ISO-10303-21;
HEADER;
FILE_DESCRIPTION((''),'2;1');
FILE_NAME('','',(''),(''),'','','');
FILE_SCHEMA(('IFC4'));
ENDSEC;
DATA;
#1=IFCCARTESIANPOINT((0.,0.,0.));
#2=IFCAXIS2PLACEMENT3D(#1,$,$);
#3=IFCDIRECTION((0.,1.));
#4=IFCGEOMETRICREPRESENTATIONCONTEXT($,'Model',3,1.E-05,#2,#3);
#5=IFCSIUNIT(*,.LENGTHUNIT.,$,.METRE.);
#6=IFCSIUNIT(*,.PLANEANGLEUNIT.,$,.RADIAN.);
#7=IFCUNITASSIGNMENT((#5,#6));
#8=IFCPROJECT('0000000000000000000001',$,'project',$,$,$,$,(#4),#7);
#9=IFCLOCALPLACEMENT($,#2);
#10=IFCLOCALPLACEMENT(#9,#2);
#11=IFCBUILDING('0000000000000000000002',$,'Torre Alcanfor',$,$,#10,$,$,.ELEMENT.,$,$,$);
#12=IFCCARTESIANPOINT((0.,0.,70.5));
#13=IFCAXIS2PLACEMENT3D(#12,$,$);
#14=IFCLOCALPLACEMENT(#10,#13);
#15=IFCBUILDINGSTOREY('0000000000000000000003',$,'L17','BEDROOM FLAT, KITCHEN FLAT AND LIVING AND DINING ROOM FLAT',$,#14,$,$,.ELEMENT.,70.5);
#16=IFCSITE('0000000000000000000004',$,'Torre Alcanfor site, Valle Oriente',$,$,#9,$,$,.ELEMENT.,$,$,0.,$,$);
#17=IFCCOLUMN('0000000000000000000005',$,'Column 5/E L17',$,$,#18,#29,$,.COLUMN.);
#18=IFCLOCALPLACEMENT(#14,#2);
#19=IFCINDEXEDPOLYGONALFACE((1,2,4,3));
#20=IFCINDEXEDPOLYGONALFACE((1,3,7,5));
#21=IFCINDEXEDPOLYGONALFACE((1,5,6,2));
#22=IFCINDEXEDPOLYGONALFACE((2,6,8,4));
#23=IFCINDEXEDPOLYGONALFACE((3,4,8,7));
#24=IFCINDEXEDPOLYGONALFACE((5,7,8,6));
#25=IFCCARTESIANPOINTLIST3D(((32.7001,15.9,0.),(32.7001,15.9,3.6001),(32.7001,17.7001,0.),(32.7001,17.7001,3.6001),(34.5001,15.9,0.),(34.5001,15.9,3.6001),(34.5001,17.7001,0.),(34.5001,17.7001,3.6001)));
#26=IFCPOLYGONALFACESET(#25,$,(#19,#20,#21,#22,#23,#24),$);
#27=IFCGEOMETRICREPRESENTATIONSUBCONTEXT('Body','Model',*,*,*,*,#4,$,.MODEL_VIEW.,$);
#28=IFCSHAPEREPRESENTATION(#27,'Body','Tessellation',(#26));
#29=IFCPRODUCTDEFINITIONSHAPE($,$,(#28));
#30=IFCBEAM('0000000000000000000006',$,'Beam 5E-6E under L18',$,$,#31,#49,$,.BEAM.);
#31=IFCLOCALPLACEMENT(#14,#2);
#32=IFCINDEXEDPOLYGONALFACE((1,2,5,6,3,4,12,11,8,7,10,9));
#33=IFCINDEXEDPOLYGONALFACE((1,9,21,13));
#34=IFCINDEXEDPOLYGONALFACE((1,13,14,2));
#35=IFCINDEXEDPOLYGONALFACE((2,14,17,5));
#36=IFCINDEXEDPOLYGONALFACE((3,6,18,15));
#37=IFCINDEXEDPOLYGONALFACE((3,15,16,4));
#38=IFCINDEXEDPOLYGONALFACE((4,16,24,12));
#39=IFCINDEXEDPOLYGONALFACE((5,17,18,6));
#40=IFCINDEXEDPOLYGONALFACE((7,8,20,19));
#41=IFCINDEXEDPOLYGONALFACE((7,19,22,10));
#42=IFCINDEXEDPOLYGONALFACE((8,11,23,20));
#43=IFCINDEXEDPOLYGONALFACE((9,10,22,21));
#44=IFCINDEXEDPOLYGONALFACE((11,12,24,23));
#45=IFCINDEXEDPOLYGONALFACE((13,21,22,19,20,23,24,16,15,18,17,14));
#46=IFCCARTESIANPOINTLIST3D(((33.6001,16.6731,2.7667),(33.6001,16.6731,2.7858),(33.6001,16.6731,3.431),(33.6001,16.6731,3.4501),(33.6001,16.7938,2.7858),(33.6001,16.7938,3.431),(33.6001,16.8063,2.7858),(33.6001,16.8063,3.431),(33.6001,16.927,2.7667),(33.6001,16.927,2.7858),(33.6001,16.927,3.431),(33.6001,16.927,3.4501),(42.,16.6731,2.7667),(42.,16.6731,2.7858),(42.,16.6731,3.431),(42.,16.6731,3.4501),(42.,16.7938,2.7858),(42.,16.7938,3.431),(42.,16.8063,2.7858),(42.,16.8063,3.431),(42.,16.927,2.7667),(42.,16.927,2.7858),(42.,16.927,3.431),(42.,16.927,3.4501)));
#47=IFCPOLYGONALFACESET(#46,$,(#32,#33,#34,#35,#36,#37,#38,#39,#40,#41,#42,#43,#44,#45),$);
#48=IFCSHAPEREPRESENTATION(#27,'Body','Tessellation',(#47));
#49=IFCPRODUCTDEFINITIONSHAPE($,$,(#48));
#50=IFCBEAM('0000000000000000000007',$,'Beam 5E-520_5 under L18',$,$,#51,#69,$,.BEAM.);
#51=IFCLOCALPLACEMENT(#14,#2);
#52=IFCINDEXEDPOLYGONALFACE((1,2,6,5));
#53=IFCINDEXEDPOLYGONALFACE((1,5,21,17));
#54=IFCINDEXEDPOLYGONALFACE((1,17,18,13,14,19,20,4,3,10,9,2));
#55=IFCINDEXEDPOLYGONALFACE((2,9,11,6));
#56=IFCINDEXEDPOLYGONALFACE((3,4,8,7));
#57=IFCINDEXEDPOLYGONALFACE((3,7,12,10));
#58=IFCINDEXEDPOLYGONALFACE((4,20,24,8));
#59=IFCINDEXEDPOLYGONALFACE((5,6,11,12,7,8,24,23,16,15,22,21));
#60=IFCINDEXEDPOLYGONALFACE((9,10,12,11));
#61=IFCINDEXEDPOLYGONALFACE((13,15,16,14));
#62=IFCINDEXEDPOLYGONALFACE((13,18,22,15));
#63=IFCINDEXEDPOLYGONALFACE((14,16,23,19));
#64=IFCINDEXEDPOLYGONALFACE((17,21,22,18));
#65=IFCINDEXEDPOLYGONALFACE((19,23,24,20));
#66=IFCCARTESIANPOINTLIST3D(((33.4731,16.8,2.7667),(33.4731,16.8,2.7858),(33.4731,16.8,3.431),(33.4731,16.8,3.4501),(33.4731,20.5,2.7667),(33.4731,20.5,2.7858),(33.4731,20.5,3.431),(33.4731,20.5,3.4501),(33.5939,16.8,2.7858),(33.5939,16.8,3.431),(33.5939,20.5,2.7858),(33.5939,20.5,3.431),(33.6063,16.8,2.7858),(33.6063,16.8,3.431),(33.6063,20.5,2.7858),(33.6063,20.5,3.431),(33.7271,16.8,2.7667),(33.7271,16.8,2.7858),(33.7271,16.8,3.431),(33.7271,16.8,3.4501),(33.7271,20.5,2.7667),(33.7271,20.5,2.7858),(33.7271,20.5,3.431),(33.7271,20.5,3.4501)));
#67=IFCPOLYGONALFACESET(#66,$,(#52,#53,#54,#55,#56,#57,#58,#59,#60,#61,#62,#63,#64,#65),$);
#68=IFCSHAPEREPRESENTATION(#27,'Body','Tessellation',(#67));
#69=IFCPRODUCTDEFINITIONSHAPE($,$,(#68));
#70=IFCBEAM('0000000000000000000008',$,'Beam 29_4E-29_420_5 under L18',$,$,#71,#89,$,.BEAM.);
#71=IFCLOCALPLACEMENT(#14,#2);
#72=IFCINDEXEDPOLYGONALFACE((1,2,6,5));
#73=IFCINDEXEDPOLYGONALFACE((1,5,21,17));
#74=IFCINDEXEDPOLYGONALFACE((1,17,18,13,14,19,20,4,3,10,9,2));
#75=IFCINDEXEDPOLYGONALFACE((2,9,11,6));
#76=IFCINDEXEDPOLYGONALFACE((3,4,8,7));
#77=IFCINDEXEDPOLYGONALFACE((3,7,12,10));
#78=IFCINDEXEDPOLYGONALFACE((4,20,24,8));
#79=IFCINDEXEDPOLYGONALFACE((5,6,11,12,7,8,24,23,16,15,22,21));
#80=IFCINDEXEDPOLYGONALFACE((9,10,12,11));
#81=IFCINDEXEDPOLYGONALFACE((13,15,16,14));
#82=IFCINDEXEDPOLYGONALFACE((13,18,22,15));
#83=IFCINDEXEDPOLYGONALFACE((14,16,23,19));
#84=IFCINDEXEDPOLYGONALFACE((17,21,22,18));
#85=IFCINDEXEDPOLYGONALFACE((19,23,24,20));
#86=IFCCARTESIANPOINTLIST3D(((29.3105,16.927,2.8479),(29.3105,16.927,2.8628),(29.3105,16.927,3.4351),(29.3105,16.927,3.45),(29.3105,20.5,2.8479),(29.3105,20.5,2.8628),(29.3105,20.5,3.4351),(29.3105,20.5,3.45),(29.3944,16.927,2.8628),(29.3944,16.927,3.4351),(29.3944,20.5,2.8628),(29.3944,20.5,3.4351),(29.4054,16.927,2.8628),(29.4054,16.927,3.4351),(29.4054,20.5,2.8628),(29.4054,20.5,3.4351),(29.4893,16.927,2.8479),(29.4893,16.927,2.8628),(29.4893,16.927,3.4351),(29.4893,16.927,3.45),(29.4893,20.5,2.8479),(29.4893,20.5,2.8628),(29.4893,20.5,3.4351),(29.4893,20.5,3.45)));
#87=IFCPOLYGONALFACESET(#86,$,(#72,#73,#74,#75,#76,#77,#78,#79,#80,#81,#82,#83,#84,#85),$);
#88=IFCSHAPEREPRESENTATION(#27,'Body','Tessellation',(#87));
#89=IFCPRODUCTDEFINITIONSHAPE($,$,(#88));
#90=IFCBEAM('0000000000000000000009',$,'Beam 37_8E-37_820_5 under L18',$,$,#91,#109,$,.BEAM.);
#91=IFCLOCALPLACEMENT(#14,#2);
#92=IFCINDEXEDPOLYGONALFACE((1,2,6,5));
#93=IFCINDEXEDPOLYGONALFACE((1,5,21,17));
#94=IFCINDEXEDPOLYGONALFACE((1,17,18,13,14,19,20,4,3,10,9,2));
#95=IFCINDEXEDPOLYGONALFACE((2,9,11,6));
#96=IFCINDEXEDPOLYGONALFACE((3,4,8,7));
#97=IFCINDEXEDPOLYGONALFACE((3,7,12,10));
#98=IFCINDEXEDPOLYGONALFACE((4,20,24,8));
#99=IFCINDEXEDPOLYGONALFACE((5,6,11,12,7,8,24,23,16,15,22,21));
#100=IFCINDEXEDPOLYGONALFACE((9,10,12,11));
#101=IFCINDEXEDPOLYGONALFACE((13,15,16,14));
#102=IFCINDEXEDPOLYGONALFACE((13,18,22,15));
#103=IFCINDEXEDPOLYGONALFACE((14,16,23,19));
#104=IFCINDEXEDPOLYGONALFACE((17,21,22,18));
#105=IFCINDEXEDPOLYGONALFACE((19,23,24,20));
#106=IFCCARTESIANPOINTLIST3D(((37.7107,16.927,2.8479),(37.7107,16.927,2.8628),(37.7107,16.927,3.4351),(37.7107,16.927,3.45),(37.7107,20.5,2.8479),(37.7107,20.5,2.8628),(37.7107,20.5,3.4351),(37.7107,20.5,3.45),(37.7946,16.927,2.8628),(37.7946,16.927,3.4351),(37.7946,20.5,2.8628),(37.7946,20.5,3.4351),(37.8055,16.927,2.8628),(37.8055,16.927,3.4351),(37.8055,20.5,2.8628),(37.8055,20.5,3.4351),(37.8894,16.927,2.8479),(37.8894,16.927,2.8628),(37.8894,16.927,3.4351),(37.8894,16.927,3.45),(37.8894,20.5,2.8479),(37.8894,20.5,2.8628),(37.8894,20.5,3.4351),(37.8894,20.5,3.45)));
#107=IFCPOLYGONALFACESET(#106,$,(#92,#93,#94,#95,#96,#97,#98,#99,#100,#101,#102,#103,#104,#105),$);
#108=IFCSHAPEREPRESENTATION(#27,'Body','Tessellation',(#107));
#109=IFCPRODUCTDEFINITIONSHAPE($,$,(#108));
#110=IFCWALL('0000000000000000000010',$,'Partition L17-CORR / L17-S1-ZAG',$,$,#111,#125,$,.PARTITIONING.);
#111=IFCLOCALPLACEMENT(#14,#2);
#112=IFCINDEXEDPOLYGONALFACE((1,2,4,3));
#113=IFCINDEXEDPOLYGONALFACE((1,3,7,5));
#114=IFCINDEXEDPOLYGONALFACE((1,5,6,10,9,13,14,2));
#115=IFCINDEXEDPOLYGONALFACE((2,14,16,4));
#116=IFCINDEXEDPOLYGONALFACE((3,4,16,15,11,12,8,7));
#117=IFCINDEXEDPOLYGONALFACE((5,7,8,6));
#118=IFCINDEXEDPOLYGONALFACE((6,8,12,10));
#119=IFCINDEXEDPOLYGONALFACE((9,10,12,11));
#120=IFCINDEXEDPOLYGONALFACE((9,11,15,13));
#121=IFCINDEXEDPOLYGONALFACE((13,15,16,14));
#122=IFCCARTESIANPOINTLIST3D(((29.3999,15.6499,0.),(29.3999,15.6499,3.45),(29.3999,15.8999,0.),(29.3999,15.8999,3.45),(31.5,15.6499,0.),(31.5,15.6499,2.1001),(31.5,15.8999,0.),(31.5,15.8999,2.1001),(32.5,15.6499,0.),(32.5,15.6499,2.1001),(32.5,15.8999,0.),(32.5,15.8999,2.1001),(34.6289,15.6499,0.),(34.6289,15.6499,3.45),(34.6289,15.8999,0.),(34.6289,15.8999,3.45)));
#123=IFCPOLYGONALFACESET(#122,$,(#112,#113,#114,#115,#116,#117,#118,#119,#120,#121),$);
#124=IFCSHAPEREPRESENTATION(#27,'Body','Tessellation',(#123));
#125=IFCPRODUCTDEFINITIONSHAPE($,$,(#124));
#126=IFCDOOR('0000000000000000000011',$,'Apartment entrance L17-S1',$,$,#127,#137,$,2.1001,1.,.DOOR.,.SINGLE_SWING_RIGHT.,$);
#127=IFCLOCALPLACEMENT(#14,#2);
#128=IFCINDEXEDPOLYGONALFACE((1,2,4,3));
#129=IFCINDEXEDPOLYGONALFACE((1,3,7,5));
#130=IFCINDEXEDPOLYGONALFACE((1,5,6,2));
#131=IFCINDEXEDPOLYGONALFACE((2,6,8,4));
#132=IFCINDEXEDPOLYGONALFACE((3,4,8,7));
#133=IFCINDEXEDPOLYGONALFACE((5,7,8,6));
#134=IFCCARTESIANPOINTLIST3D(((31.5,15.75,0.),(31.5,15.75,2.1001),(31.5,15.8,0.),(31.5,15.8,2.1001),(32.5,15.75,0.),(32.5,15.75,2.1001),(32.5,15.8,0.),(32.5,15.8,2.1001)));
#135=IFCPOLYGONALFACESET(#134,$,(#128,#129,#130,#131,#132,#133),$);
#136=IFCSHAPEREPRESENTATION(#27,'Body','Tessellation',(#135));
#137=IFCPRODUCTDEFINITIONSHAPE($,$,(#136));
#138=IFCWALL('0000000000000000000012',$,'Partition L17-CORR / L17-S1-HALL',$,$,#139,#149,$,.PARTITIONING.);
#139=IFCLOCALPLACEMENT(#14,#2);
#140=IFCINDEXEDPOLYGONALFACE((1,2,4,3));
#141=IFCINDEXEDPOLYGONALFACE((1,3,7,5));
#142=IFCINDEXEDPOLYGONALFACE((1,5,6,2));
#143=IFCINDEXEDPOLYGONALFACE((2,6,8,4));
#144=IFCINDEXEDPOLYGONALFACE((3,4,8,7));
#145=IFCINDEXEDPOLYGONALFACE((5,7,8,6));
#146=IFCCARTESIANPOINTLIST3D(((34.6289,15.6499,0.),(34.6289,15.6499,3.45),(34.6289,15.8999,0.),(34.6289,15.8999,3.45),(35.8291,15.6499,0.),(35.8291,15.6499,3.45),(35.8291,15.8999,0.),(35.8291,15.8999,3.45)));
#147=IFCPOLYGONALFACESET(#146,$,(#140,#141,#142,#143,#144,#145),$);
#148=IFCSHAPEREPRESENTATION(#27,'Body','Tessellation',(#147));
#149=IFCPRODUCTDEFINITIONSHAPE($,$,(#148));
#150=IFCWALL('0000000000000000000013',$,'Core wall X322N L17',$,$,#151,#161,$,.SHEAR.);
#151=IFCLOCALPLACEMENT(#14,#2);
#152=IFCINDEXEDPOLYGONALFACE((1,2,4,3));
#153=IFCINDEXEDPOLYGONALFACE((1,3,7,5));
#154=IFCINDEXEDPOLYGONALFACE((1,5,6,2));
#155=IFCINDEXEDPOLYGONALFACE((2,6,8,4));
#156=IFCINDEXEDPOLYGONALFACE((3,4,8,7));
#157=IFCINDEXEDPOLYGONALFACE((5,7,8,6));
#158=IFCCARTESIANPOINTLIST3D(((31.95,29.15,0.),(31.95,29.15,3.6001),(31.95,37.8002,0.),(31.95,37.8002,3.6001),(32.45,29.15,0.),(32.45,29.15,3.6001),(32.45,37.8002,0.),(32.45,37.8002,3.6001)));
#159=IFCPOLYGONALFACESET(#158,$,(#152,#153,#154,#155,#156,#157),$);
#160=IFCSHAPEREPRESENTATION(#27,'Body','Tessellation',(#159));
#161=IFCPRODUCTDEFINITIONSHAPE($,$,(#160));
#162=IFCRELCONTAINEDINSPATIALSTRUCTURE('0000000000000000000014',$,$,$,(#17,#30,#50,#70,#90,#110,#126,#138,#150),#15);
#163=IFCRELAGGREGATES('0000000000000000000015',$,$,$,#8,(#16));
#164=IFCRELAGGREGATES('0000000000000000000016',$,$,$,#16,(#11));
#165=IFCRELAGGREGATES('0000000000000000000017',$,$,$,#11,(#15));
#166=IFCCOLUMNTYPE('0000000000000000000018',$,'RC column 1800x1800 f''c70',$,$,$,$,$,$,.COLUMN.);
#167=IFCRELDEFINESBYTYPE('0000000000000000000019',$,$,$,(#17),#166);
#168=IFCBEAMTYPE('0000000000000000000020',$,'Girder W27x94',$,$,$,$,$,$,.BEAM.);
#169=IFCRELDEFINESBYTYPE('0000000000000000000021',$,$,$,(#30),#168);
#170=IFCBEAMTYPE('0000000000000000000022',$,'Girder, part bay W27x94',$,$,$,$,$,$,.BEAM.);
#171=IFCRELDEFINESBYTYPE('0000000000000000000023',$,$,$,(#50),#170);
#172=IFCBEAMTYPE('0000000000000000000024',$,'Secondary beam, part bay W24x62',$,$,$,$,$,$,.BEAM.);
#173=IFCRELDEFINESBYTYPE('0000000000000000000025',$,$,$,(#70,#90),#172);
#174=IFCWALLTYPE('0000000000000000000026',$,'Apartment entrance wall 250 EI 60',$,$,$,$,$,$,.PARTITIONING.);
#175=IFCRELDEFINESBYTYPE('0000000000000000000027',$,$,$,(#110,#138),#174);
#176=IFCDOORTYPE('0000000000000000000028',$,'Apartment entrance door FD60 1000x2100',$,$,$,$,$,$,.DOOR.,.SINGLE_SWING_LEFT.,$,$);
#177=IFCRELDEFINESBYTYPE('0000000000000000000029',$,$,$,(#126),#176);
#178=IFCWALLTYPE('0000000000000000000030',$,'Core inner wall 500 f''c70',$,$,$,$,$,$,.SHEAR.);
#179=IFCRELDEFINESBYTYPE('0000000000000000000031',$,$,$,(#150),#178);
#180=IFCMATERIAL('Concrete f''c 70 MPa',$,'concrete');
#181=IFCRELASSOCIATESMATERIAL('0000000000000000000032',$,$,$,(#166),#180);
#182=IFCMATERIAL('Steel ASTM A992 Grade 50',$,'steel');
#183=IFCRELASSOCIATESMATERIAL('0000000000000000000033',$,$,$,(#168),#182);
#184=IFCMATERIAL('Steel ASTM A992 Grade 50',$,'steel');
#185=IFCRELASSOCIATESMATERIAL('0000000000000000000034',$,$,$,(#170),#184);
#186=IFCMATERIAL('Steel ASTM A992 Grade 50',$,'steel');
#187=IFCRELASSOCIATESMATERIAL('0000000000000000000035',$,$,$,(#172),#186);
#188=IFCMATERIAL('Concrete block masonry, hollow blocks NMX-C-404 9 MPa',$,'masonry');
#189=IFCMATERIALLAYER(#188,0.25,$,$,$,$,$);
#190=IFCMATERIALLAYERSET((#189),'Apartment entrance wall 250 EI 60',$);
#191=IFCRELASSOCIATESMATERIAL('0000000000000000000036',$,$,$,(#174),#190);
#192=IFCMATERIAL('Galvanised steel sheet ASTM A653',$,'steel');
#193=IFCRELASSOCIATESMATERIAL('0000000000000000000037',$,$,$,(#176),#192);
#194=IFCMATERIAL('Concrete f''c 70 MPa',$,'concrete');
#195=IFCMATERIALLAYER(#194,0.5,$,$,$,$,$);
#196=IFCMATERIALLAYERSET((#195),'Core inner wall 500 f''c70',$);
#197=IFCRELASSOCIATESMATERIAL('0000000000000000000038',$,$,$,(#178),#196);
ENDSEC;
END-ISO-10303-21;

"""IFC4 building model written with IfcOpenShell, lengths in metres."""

from ifc_helpers import new_model, si_unit, direction, frame, frame_2d, origin, origin_2d, place, context, subcontext, project, spatial, rectangle, i_section, extrude, material, layer, layer_set, material_profile, profile_set, type_object, element, fill, save


model = new_model("IFC4")

# Units and contexts
model_context = context("Model", 3, precision=1e-05, world=origin(), true_north=direction((0.0, 1.0)))
body_context = subcontext(model_context, "Body", "Model", "MODEL_VIEW")
ifc_project = project(units=[si_unit("LENGTHUNIT", "METRE"), si_unit("PLANEANGLEUNIT", "RADIAN")], contexts=[model_context])

# Site, building, storey
site_placement = place(None, origin())
site = spatial("IfcSite", under=ifc_project, at=site_placement, Name="Torre Alcanfor site, Valle Oriente", CompositionType="ELEMENT", RefElevation=0.0)
building_placement = place(site_placement, origin())
building = spatial("IfcBuilding", under=site, at=building_placement, Name="Torre Alcanfor", CompositionType="ELEMENT")
storey_placement = place(building_placement, frame((0.0, 0.0, 70.5)))
storey = spatial("IfcBuildingStorey", under=building, at=storey_placement, Name="L17", Description="BEDROOM FLAT, KITCHEN FLAT AND LIVING AND DINING ROOM FLAT", CompositionType="ELEMENT", Elevation=70.5)

# Column
ifc_material_1 = material(Name="Concrete f'c 70 MPa", Category="concrete")
ifc_material_profile_1 = material_profile(ifc_material_1, rectangle(XDim=1.8, YDim=1.8, at=origin_2d()), Name="1800x1800")
ifc_profile_set_1 = profile_set([ifc_material_profile_1], Name="Concrete f'c 70 MPa")
column_type = type_object("IfcColumnType", Name="RC column 1800x1800 f'c70", PredefinedType="COLUMN", material=ifc_profile_set_1)
column_placement = place(storey_placement, frame((33.6001, 16.8, 0.0), z_axis=(0.0, 0.0, 1.0), x_axis=(1.0, 0.0, 0.0)))
element("IfcColumn", 1, at=column_placement, inside=storey, type_object=column_type, Name="Column 5/E L17", PredefinedType="COLUMN", context=body_context, shape_type="SweptSolid", body=[
    extrude(rectangle(XDim=1.8, YDim=1.8, at=origin_2d()), origin(), (0.0, 0.0, 1.0), 3.6001),
])

# Beams
ifc_material_2 = material(Name="Steel ASTM A992 Grade 50", Category="steel")
ifc_material_profile_2 = material_profile(ifc_material_2, i_section(OverallWidth=0.2539, OverallDepth=0.6833, WebThickness=0.0125, FlangeThickness=0.019, at=origin_2d()), Name="W27x94")
ifc_profile_set_2 = profile_set([ifc_material_profile_2], Name="Steel ASTM A992 Grade 50")
beam_type_1 = type_object("IfcBeamType", Name="Girder W27x94", PredefinedType="BEAM", material=ifc_profile_set_2)
beam_1_placement = place(storey_placement, frame((33.6001, 16.8, 3.1084), z_axis=(1.0, 0.0, 0.0), x_axis=(0.0, 1.0, 0.0)))
element("IfcBeam", 2, at=beam_1_placement, inside=storey, type_object=beam_type_1, Name="Beam 5E-6E under L18", PredefinedType="BEAM", context=body_context, shape_type="SweptSolid", body=[
    extrude(i_section(OverallWidth=0.2539, OverallDepth=0.6833, WebThickness=0.0125, FlangeThickness=0.019, at=origin_2d()), origin(), (0.0, 0.0, 1.0), 8.3999),
])
ifc_material_3 = material(Name="Steel ASTM A992 Grade 50", Category="steel")
ifc_material_profile_3 = material_profile(ifc_material_3, i_section(OverallWidth=0.2539, OverallDepth=0.6833, WebThickness=0.0125, FlangeThickness=0.019, at=origin_2d()), Name="W27x94")
ifc_profile_set_3 = profile_set([ifc_material_profile_3], Name="Steel ASTM A992 Grade 50")
beam_type_2 = type_object("IfcBeamType", Name="Girder, part bay W27x94", PredefinedType="BEAM", material=ifc_profile_set_3)
beam_2_placement = place(storey_placement, frame((33.6001, 16.8, 3.1084), z_axis=(0.0, 1.0, 0.0), x_axis=(-1.0, 0.0, 0.0)))
element("IfcBeam", 3, at=beam_2_placement, inside=storey, type_object=beam_type_2, Name="Beam 5E-520_5 under L18", PredefinedType="BEAM", context=body_context, shape_type="SweptSolid", body=[
    extrude(i_section(OverallWidth=0.2539, OverallDepth=0.6833, WebThickness=0.0125, FlangeThickness=0.019, at=origin_2d()), origin(), (0.0, 0.0, 1.0), 3.7),
])
ifc_material_4 = material(Name="Steel ASTM A992 Grade 50", Category="steel")
ifc_material_profile_4 = material_profile(ifc_material_4, i_section(OverallWidth=0.1787, OverallDepth=0.6021, WebThickness=0.011, FlangeThickness=0.0149, at=origin_2d()), Name="W24x62")
ifc_profile_set_4 = profile_set([ifc_material_profile_4], Name="Steel ASTM A992 Grade 50")
beam_type_3 = type_object("IfcBeamType", Name="Secondary beam, part bay W24x62", PredefinedType="BEAM", material=ifc_profile_set_4)
for number, where, z_axis, x_axis, name in (
    (4, (29.3999, 16.927, 3.1489), (0.0, 1.0, 0.0), (-1.0, 0.0, 0.0), "Beam 29_4E-29_420_5 under L18"),
    (5, (37.8, 16.927, 3.1489), (0.0, 1.0, 0.0), (-1.0, 0.0, 0.0), "Beam 37_8E-37_820_5 under L18"),
):
    element("IfcBeam", number, at=place(storey_placement, frame(where, z_axis=z_axis, x_axis=x_axis)), inside=storey, type_object=beam_type_3, Name=name, PredefinedType="BEAM", context=body_context, shape_type="SweptSolid", body=[
        extrude(i_section(OverallWidth=0.1787, OverallDepth=0.6021, WebThickness=0.011, FlangeThickness=0.0149, at=origin_2d()), origin(), (0.0, 0.0, 1.0), 3.573),
    ])

# Wall, opening, door
ifc_material_5 = material(Name="Concrete block masonry, hollow blocks NMX-C-404 9 MPa", Category="masonry")
ifc_layer_1 = layer(ifc_material_5, 0.25)
ifc_layer_set_1 = layer_set([ifc_layer_1], Name="Apartment entrance wall 250 EI 60")
wall_type_1 = type_object("IfcWallType", Name="Apartment entrance wall 250 EI 60", PredefinedType="PARTITIONING", material=ifc_layer_set_1)
wall_1_placement = place(storey_placement, frame((34.6289, 15.7749, 0.0), z_axis=(0.0, 0.0, 1.0), x_axis=(-1.0, 0.0, 0.0)))
wall_1 = element("IfcWall", 6, at=wall_1_placement, inside=storey, type_object=wall_type_1, Name="Partition L17-CORR / L17-S1-ZAG", PredefinedType="PARTITIONING", context=body_context, shape_type="SweptSolid", body=[
    extrude(rectangle(XDim=5.229, YDim=0.25, at=frame_2d((2.6145, 0.0))), origin(), (0.0, 0.0, 1.0), 3.45),
])
opening_1_placement = place(wall_1_placement, frame((2.1289, 0.0, 0.0)))
opening_1 = element("IfcOpeningElement", 7, at=opening_1_placement, cuts=wall_1, PredefinedType="OPENING", context=body_context, shape_type="SweptSolid", body=[
    extrude(rectangle(XDim=1.0, YDim=2.1001, at=frame_2d((0.5, 1.05))), frame((0.0, 0.135, 0.0), z_axis=(0.0, -1.0, 0.0), x_axis=(1.0, 0.0, 0.0)), (0.0, 0.0, 1.0), 0.27),
])
ifc_material_6 = material(Name="Galvanised steel sheet ASTM A653", Category="steel")
door_type_1 = type_object("IfcDoorType", Name="Apartment entrance door FD60 1000x2100", OperationType="SINGLE_SWING_LEFT", PredefinedType="DOOR", material=ifc_material_6)
door_1_placement = place(opening_1_placement, origin())
door_1 = element("IfcDoor", 8, at=door_1_placement, inside=storey, type_object=door_type_1, Name="Apartment entrance L17-S1", OperationType="SINGLE_SWING_RIGHT", OverallHeight=2.1001, OverallWidth=1.0, PredefinedType="DOOR", context=body_context, shape_type="SweptSolid", body=[
    extrude(rectangle(XDim=1.0, YDim=2.1001, at=frame_2d((0.5, 1.05))), frame((0.0, 0.0249, 0.0), z_axis=(0.0, -1.0, 0.0), x_axis=(1.0, 0.0, 0.0)), (0.0, 0.0, 1.0), 0.05),
])
fill(opening_1, door_1)

# Walls
wall_2_placement = place(storey_placement, frame((35.8291, 15.7749, 0.0), z_axis=(0.0, 0.0, 1.0), x_axis=(-1.0, 0.0, 0.0)))
element("IfcWall", 9, at=wall_2_placement, inside=storey, type_object=wall_type_1, Name="Partition L17-CORR / L17-S1-HALL", PredefinedType="PARTITIONING", context=body_context, shape_type="SweptSolid", body=[
    extrude(rectangle(XDim=1.2002, YDim=0.25, at=frame_2d((0.6001, 0.0))), origin(), (0.0, 0.0, 1.0), 3.45),
])
ifc_material_7 = material(Name="Concrete f'c 70 MPa", Category="concrete")
ifc_layer_2 = layer(ifc_material_7, 0.5)
ifc_layer_set_2 = layer_set([ifc_layer_2], Name="Core inner wall 500 f'c70")
wall_type_2 = type_object("IfcWallType", Name="Core inner wall 500 f'c70", PredefinedType="SHEAR", material=ifc_layer_set_2)
wall_3_placement = place(storey_placement, frame((32.2, 29.1499, 0.0), z_axis=(0.0, 0.0, 1.0), x_axis=(0.0, 1.0, 0.0)))
element("IfcWall", 10, at=wall_3_placement, inside=storey, type_object=wall_type_2, Name="Core wall X322N L17", PredefinedType="SHEAR", context=body_context, shape_type="SweptSolid", body=[
    extrude(rectangle(XDim=8.6501, YDim=0.5, at=frame_2d((4.3252, 0.0))), origin(), (0.0, 0.0, 1.0), 3.6001),
])

save(model, "model.ifc")
